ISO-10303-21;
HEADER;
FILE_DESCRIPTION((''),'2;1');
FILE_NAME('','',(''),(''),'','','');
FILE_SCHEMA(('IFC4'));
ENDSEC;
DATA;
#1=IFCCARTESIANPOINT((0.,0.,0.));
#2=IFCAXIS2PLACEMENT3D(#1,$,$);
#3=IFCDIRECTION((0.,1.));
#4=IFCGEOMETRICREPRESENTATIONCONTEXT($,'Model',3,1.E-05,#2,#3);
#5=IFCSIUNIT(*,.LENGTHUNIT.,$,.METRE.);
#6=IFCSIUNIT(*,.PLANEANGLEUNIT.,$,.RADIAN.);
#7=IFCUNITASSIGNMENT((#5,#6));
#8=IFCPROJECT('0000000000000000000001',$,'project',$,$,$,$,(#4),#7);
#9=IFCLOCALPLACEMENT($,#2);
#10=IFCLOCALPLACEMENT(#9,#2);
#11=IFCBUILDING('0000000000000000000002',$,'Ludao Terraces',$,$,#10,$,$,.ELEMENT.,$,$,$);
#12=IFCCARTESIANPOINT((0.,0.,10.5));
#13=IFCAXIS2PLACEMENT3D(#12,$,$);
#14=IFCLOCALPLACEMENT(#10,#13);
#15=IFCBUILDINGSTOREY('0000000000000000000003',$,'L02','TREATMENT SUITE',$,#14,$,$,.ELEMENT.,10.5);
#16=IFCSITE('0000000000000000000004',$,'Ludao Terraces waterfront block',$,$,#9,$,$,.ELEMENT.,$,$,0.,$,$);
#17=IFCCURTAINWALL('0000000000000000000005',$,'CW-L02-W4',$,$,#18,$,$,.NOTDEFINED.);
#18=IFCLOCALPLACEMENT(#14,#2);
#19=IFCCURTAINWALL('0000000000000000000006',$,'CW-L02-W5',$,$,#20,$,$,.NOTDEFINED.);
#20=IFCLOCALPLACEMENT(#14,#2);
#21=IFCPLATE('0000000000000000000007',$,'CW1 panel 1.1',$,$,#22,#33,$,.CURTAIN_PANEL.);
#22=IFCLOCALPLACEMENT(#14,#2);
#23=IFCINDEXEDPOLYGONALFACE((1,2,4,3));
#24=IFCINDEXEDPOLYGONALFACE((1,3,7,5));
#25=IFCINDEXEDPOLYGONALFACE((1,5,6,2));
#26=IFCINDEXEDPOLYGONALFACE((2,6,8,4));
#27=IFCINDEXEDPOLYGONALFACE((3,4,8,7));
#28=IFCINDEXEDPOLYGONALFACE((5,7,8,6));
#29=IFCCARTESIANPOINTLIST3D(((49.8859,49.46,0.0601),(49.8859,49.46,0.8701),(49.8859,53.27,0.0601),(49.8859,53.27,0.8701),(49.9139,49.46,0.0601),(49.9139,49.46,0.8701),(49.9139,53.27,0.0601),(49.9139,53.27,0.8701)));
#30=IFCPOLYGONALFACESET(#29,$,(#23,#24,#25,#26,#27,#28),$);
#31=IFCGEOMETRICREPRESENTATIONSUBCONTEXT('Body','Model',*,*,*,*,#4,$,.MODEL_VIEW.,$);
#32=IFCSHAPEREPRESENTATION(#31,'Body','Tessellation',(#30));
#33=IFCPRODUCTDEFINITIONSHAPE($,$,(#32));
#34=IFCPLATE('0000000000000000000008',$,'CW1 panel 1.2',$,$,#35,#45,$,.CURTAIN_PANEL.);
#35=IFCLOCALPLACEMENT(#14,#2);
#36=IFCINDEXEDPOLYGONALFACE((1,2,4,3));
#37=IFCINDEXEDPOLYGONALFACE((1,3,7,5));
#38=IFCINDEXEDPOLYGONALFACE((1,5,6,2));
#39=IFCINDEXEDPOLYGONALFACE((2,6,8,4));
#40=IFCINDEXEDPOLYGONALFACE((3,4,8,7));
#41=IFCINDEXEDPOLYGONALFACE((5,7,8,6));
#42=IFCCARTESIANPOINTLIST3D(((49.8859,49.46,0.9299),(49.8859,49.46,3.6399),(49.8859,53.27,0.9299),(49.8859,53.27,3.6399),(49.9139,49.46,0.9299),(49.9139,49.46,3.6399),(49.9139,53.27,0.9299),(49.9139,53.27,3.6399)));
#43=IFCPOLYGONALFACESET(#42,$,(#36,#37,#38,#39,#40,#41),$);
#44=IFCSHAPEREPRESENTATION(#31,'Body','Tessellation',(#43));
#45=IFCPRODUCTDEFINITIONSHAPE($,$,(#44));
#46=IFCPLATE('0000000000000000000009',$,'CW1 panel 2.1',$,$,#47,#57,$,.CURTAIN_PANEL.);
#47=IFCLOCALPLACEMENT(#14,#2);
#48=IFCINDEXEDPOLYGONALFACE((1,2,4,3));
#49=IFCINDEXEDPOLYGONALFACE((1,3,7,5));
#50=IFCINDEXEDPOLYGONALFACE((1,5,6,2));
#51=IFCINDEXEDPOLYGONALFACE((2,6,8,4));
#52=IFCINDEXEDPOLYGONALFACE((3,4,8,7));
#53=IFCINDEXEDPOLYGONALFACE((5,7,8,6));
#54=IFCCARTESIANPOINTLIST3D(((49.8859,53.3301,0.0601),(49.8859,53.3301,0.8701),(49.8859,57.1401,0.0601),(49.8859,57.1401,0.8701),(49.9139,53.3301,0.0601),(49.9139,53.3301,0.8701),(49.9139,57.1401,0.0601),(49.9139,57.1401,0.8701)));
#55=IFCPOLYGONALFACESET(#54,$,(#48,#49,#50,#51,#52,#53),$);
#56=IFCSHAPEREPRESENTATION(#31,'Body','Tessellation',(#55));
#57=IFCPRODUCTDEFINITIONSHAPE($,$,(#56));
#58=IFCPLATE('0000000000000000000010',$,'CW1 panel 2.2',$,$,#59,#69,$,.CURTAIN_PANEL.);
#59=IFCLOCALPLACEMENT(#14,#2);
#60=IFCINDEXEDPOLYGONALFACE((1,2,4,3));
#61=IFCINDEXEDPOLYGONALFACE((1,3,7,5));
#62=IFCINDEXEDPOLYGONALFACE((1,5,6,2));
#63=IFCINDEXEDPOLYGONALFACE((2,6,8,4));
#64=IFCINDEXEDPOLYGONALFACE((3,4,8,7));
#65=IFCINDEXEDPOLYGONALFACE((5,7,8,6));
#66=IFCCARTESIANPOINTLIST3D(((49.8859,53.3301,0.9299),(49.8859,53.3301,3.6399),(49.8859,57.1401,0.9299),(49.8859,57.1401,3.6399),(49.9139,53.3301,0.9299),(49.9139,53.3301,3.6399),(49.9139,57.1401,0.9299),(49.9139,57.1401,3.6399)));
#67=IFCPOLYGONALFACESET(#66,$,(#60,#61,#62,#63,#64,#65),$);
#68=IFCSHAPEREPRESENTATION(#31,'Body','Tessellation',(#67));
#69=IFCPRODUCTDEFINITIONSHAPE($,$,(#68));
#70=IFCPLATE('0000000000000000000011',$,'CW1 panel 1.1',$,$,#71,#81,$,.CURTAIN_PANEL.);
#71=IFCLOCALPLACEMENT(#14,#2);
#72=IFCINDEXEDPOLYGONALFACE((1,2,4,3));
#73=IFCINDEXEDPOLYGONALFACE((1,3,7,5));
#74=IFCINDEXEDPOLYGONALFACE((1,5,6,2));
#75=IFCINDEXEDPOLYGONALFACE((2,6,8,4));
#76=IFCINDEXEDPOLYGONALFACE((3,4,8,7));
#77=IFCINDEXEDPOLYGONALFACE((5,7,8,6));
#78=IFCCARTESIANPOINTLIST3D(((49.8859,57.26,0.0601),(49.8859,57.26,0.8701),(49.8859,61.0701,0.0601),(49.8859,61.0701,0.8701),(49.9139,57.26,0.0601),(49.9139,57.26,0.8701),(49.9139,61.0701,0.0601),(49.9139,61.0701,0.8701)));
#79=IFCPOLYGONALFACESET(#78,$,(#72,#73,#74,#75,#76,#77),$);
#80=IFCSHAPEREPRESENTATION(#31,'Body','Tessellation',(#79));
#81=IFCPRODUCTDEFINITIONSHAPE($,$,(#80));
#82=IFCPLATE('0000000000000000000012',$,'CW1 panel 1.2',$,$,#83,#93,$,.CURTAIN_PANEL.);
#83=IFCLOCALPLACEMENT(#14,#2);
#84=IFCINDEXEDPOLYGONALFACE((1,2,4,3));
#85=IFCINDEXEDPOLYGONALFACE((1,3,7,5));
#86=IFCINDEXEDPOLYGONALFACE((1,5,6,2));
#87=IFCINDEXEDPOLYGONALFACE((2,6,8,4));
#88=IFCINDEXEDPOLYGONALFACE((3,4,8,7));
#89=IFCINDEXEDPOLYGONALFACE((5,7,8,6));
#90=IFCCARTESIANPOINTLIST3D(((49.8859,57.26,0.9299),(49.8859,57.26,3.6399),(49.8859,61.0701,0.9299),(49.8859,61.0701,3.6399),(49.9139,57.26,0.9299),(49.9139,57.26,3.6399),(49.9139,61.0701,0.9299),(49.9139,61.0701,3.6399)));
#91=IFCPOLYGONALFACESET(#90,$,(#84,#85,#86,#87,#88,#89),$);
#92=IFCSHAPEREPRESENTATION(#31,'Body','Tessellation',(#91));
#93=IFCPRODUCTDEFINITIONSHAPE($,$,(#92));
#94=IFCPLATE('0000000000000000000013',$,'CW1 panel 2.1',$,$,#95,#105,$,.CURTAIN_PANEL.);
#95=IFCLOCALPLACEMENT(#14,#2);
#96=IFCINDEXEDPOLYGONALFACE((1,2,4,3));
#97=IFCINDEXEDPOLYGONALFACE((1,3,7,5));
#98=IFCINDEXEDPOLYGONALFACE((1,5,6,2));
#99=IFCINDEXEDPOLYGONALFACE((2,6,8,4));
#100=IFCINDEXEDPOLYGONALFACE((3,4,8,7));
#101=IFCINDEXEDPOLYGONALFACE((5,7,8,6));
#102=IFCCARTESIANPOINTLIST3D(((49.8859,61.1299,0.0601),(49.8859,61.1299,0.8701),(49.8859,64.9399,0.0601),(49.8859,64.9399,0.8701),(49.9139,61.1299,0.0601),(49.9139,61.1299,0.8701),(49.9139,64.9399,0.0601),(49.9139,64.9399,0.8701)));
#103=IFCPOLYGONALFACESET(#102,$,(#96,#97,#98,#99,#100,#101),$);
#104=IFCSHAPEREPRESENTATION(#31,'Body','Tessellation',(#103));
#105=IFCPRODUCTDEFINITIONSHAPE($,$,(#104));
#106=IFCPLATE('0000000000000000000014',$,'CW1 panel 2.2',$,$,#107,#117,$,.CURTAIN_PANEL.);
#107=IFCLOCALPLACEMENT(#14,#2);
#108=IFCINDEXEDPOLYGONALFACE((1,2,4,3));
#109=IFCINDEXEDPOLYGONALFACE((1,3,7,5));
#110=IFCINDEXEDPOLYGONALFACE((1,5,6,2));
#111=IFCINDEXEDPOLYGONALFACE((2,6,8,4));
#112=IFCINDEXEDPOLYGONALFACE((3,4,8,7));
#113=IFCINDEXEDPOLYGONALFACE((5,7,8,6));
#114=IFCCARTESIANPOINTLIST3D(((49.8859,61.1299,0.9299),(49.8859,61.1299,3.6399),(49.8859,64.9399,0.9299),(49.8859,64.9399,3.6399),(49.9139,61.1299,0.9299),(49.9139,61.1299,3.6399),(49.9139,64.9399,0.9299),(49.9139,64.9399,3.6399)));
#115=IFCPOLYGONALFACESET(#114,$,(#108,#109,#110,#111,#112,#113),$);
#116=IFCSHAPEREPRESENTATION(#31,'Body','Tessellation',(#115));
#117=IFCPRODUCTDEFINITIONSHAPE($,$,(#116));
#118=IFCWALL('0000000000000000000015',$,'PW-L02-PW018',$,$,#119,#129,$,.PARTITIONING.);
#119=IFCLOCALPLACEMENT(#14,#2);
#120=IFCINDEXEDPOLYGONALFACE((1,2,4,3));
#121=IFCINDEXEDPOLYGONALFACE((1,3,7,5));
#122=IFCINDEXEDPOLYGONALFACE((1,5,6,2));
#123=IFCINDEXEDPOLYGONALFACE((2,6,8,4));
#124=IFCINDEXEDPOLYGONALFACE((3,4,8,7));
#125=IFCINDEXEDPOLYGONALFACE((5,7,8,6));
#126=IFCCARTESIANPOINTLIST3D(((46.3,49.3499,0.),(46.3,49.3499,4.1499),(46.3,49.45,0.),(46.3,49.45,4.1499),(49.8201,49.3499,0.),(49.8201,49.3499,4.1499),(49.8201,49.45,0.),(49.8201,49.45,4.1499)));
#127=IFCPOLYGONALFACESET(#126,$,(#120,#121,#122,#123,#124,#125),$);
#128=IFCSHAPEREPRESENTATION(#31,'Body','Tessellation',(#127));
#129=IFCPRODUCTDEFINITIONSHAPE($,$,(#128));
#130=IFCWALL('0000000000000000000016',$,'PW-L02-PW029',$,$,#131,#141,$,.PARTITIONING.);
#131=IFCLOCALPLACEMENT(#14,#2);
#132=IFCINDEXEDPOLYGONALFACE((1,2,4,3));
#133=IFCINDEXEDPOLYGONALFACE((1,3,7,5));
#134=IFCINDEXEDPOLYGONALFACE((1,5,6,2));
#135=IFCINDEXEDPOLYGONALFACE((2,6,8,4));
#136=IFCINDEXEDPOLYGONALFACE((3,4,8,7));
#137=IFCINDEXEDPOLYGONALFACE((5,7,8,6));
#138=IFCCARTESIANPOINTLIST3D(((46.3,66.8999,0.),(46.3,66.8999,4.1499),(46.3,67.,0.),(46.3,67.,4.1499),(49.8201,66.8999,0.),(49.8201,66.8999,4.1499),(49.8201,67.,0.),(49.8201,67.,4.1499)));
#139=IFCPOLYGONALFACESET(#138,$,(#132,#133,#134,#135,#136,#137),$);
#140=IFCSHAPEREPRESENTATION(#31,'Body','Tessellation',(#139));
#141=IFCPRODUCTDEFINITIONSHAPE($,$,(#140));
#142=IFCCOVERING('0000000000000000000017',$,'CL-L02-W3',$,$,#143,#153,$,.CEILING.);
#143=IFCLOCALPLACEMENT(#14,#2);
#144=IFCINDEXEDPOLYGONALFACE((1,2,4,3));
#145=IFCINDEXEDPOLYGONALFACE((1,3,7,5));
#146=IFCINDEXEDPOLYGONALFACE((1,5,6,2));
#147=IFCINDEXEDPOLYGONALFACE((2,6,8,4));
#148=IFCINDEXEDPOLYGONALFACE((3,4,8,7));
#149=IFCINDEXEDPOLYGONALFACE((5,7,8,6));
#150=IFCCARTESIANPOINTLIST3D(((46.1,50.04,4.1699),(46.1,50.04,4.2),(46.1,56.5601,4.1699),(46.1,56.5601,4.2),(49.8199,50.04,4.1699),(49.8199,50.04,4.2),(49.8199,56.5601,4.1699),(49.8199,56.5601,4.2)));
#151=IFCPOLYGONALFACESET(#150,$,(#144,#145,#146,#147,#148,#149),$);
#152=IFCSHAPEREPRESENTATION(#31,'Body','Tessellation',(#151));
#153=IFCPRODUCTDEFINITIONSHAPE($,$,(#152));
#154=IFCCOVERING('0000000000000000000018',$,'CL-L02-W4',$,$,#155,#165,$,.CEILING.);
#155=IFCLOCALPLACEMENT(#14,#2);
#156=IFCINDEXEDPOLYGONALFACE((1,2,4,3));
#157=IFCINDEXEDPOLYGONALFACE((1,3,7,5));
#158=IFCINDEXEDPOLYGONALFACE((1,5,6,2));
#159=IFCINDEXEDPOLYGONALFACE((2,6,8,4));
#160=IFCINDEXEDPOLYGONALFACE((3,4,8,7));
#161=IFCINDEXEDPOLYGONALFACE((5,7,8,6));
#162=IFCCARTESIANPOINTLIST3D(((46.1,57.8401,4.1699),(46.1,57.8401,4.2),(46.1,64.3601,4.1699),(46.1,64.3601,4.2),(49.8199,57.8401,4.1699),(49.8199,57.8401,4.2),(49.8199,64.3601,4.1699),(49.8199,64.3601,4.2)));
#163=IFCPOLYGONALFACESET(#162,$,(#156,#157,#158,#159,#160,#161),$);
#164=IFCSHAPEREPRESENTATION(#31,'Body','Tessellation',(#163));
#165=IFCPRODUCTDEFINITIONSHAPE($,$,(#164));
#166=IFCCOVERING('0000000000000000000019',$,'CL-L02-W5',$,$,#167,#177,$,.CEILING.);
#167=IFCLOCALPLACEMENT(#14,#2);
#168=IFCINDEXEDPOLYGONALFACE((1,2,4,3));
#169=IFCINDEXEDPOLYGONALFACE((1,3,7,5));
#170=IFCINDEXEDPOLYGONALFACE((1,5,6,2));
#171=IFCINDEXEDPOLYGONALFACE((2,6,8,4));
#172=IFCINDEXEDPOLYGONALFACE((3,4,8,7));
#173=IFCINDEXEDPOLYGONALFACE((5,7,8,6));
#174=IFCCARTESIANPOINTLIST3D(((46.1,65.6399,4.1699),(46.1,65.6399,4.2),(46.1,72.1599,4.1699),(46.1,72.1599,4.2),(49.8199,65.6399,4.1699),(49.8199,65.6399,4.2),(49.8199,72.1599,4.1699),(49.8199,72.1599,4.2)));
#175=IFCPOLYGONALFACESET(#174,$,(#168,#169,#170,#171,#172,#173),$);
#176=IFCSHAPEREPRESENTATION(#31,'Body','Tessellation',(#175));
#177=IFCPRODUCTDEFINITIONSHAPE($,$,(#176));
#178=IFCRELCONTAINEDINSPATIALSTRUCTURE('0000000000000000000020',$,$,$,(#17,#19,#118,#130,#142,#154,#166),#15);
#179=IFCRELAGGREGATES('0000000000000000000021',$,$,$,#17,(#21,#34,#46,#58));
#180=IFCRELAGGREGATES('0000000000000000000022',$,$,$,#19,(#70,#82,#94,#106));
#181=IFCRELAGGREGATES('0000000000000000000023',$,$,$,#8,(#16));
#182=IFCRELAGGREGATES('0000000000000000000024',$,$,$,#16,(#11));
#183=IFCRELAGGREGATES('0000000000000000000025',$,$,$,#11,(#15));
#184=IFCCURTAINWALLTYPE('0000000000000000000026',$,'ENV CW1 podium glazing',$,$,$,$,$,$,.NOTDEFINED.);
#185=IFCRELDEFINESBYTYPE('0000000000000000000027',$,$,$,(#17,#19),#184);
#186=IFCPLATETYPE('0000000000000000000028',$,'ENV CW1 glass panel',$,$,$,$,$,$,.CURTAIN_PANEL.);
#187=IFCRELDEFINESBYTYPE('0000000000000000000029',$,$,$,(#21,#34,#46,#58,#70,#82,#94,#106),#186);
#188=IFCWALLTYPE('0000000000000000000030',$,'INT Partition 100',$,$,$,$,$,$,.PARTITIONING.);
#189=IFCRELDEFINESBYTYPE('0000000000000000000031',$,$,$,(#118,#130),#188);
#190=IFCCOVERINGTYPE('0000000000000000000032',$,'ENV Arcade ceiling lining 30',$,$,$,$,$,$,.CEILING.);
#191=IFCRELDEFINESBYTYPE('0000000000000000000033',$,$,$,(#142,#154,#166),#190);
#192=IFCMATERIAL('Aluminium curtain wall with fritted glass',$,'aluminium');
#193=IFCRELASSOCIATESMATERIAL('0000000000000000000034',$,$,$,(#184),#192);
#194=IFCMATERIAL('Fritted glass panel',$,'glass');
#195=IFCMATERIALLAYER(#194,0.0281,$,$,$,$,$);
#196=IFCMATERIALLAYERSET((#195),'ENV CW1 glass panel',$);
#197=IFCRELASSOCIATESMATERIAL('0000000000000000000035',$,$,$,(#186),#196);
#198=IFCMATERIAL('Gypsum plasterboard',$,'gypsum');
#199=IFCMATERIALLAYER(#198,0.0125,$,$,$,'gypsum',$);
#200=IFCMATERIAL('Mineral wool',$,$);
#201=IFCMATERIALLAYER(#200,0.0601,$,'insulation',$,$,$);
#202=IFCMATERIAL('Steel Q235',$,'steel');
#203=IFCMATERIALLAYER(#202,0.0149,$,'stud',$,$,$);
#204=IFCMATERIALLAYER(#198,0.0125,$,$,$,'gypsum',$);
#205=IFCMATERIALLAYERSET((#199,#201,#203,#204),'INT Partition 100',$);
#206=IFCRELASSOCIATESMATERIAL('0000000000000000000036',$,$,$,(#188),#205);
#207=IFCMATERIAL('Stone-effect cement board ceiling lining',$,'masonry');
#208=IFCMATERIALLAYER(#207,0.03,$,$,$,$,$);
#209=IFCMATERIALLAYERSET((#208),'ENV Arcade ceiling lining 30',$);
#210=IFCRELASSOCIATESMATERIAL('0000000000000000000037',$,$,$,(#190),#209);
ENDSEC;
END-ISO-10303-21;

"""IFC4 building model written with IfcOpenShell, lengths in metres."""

from ifc_helpers import new_model, si_unit, direction, frame, frame_2d, origin, origin_2d, place, context, subcontext, project, spatial, rectangle, extrude, material, layer, layer_set, type_object, element, aggregate, save


model = new_model("IFC4")

# Units and contexts
model_context = context("Model", 3, precision=1e-05, world=origin(), true_north=direction((0.0, 1.0)))
body_context = subcontext(model_context, "Body", "Model", "MODEL_VIEW")
ifc_project = project(units=[si_unit("LENGTHUNIT", "METRE"), si_unit("PLANEANGLEUNIT", "RADIAN")], contexts=[model_context])

# Site, building, storey
site_placement = place(None, origin())
site = spatial("IfcSite", under=ifc_project, at=site_placement, Name="Ludao Terraces waterfront block", CompositionType="ELEMENT", RefElevation=0.0)
building_placement = place(site_placement, origin())
building = spatial("IfcBuilding", under=site, at=building_placement, Name="Ludao Terraces", CompositionType="ELEMENT")
storey_placement = place(building_placement, frame((0.0, 0.0, 10.5)))
storey = spatial("IfcBuildingStorey", under=building, at=storey_placement, Name="L02", Description="TREATMENT SUITE", CompositionType="ELEMENT", Elevation=10.5)

# Curtain walls
ifc_material_1 = material(Name="Aluminium curtain wall with fritted glass", Category="aluminium")
curtain_wall_type = type_object("IfcCurtainWallType", Name="ENV CW1 podium glazing", PredefinedType="NOTDEFINED", material=ifc_material_1)
curtain_wall_1_placement = place(storey_placement, origin())
curtain_wall_1 = element("IfcCurtainWall", 1, at=curtain_wall_1_placement, inside=storey, type_object=curtain_wall_type, Name="CW-L02-W4", PredefinedType="NOTDEFINED")
curtain_wall_2_placement = place(storey_placement, origin())
curtain_wall_2 = element("IfcCurtainWall", 2, at=curtain_wall_2_placement, inside=storey, type_object=curtain_wall_type, Name="CW-L02-W5", PredefinedType="NOTDEFINED")

# Plates
ifc_material_2 = material(Name="Fritted glass panel", Category="glass")
ifc_layer_1 = layer(ifc_material_2, 0.0281)
ifc_layer_set_1 = layer_set([ifc_layer_1], Name="ENV CW1 glass panel")
plate_type = type_object("IfcPlateType", Name="ENV CW1 glass panel", PredefinedType="CURTAIN_PANEL", material=ifc_layer_set_1)
plate_1_placement = place(storey_placement, frame((49.8999, 51.365, 0.0601), z_axis=(0.0, 0.0, 1.0), x_axis=(0.0, 1.0, 0.0)))
plate_1 = element("IfcPlate", 3, at=plate_1_placement, type_object=plate_type, Name="CW1 panel 1.1", PredefinedType="CURTAIN_PANEL", context=body_context, shape_type="SweptSolid", body=[
    extrude(rectangle(XDim=3.8101, YDim=0.0281, at=origin_2d()), origin(), (0.0, 0.0, 1.0), 0.8101),
])
plate_2_placement = place(storey_placement, frame((49.8999, 51.365, 0.9299), z_axis=(0.0, 0.0, 1.0), x_axis=(0.0, 1.0, 0.0)))
plate_2 = element("IfcPlate", 4, at=plate_2_placement, type_object=plate_type, Name="CW1 panel 1.2", PredefinedType="CURTAIN_PANEL", context=body_context, shape_type="SweptSolid", body=[
    extrude(rectangle(XDim=3.8101, YDim=0.0281, at=origin_2d()), origin(), (0.0, 0.0, 1.0), 2.71),
])
plate_3_placement = place(storey_placement, frame((49.8999, 55.2351, 0.0601), z_axis=(0.0, 0.0, 1.0), x_axis=(0.0, 1.0, 0.0)))
plate_3 = element("IfcPlate", 5, at=plate_3_placement, type_object=plate_type, Name="CW1 panel 2.1", PredefinedType="CURTAIN_PANEL", context=body_context, shape_type="SweptSolid", body=[
    extrude(rectangle(XDim=3.8101, YDim=0.0281, at=origin_2d()), origin(), (0.0, 0.0, 1.0), 0.8101),
])
plate_4_placement = place(storey_placement, frame((49.8999, 55.2351, 0.9299), z_axis=(0.0, 0.0, 1.0), x_axis=(0.0, 1.0, 0.0)))
plate_4 = element("IfcPlate", 6, at=plate_4_placement, type_object=plate_type, Name="CW1 panel 2.2", PredefinedType="CURTAIN_PANEL", context=body_context, shape_type="SweptSolid", body=[
    extrude(rectangle(XDim=3.8101, YDim=0.0281, at=origin_2d()), origin(), (0.0, 0.0, 1.0), 2.71),
])
aggregate(curtain_wall_1, [plate_1, plate_2, plate_3, plate_4])
plate_5_placement = place(storey_placement, frame((49.8999, 59.165, 0.0601), z_axis=(0.0, 0.0, 1.0), x_axis=(0.0, 1.0, 0.0)))
plate_5 = element("IfcPlate", 7, at=plate_5_placement, type_object=plate_type, Name="CW1 panel 1.1", PredefinedType="CURTAIN_PANEL", context=body_context, shape_type="SweptSolid", body=[
    extrude(rectangle(XDim=3.8101, YDim=0.0281, at=origin_2d()), origin(), (0.0, 0.0, 1.0), 0.8101),
])
plate_6_placement = place(storey_placement, frame((49.8999, 59.165, 0.9299), z_axis=(0.0, 0.0, 1.0), x_axis=(0.0, 1.0, 0.0)))
plate_6 = element("IfcPlate", 8, at=plate_6_placement, type_object=plate_type, Name="CW1 panel 1.2", PredefinedType="CURTAIN_PANEL", context=body_context, shape_type="SweptSolid", body=[
    extrude(rectangle(XDim=3.8101, YDim=0.0281, at=origin_2d()), origin(), (0.0, 0.0, 1.0), 2.71),
])
plate_7_placement = place(storey_placement, frame((49.8999, 63.0349, 0.0601), z_axis=(0.0, 0.0, 1.0), x_axis=(0.0, 1.0, 0.0)))
plate_7 = element("IfcPlate", 9, at=plate_7_placement, type_object=plate_type, Name="CW1 panel 2.1", PredefinedType="CURTAIN_PANEL", context=body_context, shape_type="SweptSolid", body=[
    extrude(rectangle(XDim=3.8101, YDim=0.0281, at=origin_2d()), origin(), (0.0, 0.0, 1.0), 0.8101),
])
plate_8_placement = place(storey_placement, frame((49.8999, 63.0349, 0.9299), z_axis=(0.0, 0.0, 1.0), x_axis=(0.0, 1.0, 0.0)))
plate_8 = element("IfcPlate", 10, at=plate_8_placement, type_object=plate_type, Name="CW1 panel 2.2", PredefinedType="CURTAIN_PANEL", context=body_context, shape_type="SweptSolid", body=[
    extrude(rectangle(XDim=3.8101, YDim=0.0281, at=origin_2d()), origin(), (0.0, 0.0, 1.0), 2.71),
])
aggregate(curtain_wall_2, [plate_5, plate_6, plate_7, plate_8])

# Walls
ifc_material_3 = material(Name="Gypsum plasterboard", Category="gypsum")
ifc_layer_2 = layer(ifc_material_3, 0.0125, Category="gypsum")
ifc_material_4 = material(Name="Mineral wool")
ifc_layer_3 = layer(ifc_material_4, 0.0601, Name="insulation")
ifc_material_5 = material(Name="Steel Q235", Category="steel")
ifc_layer_4 = layer(ifc_material_5, 0.0149, Name="stud")
ifc_layer_5 = layer(ifc_material_3, 0.0125, Category="gypsum")
ifc_layer_set_2 = layer_set([ifc_layer_2, ifc_layer_3, ifc_layer_4, ifc_layer_5], Name="INT Partition 100")
wall_type = type_object("IfcWallType", Name="INT Partition 100", PredefinedType="PARTITIONING", material=ifc_layer_set_2)
for number, where, z_axis, x_axis, name in (
    (11, (46.3, 49.3999, 0.0), (0.0, 0.0, 1.0), (1.0, 0.0, 0.0), "PW-L02-PW018"),
    (12, (46.3, 66.95, 0.0), (0.0, 0.0, 1.0), (1.0, 0.0, 0.0), "PW-L02-PW029"),
):
    element("IfcWall", number, at=place(storey_placement, frame(where, z_axis=z_axis, x_axis=x_axis)), inside=storey, type_object=wall_type, Name=name, PredefinedType="PARTITIONING", context=body_context, shape_type="SweptSolid", body=[
        extrude(rectangle(XDim=3.52, YDim=0.1001, at=frame_2d((1.76, 0.0))), origin(), (0.0, 0.0, 1.0), 4.1499),
    ])

# Coverings
ifc_material_6 = material(Name="Stone-effect cement board ceiling lining", Category="masonry")
ifc_layer_6 = layer(ifc_material_6, 0.03)
ifc_layer_set_3 = layer_set([ifc_layer_6], Name="ENV Arcade ceiling lining 30")
covering_type = type_object("IfcCoveringType", Name="ENV Arcade ceiling lining 30", PredefinedType="CEILING", material=ifc_layer_set_3)
for number, where, z_axis, x_axis, name in (
    (13, (47.96, 53.3, 4.1699), (0.0, 0.0, 1.0), (1.0, 0.0, 0.0), "CL-L02-W3"),
    (14, (47.96, 61.1001, 4.1699), (0.0, 0.0, 1.0), (1.0, 0.0, 0.0), "CL-L02-W4"),
    (15, (47.96, 68.8999, 4.1699), (0.0, 0.0, 1.0), (1.0, 0.0, 0.0), "CL-L02-W5"),
):
    element("IfcCovering", number, at=place(storey_placement, frame(where, z_axis=z_axis, x_axis=x_axis)), inside=storey, type_object=covering_type, Name=name, PredefinedType="CEILING", context=body_context, shape_type="SweptSolid", body=[
        extrude(rectangle(XDim=3.72, YDim=6.52, at=origin_2d()), origin(), (0.0, 0.0, 1.0), 0.03),
    ])

save(model, "model.ifc")
